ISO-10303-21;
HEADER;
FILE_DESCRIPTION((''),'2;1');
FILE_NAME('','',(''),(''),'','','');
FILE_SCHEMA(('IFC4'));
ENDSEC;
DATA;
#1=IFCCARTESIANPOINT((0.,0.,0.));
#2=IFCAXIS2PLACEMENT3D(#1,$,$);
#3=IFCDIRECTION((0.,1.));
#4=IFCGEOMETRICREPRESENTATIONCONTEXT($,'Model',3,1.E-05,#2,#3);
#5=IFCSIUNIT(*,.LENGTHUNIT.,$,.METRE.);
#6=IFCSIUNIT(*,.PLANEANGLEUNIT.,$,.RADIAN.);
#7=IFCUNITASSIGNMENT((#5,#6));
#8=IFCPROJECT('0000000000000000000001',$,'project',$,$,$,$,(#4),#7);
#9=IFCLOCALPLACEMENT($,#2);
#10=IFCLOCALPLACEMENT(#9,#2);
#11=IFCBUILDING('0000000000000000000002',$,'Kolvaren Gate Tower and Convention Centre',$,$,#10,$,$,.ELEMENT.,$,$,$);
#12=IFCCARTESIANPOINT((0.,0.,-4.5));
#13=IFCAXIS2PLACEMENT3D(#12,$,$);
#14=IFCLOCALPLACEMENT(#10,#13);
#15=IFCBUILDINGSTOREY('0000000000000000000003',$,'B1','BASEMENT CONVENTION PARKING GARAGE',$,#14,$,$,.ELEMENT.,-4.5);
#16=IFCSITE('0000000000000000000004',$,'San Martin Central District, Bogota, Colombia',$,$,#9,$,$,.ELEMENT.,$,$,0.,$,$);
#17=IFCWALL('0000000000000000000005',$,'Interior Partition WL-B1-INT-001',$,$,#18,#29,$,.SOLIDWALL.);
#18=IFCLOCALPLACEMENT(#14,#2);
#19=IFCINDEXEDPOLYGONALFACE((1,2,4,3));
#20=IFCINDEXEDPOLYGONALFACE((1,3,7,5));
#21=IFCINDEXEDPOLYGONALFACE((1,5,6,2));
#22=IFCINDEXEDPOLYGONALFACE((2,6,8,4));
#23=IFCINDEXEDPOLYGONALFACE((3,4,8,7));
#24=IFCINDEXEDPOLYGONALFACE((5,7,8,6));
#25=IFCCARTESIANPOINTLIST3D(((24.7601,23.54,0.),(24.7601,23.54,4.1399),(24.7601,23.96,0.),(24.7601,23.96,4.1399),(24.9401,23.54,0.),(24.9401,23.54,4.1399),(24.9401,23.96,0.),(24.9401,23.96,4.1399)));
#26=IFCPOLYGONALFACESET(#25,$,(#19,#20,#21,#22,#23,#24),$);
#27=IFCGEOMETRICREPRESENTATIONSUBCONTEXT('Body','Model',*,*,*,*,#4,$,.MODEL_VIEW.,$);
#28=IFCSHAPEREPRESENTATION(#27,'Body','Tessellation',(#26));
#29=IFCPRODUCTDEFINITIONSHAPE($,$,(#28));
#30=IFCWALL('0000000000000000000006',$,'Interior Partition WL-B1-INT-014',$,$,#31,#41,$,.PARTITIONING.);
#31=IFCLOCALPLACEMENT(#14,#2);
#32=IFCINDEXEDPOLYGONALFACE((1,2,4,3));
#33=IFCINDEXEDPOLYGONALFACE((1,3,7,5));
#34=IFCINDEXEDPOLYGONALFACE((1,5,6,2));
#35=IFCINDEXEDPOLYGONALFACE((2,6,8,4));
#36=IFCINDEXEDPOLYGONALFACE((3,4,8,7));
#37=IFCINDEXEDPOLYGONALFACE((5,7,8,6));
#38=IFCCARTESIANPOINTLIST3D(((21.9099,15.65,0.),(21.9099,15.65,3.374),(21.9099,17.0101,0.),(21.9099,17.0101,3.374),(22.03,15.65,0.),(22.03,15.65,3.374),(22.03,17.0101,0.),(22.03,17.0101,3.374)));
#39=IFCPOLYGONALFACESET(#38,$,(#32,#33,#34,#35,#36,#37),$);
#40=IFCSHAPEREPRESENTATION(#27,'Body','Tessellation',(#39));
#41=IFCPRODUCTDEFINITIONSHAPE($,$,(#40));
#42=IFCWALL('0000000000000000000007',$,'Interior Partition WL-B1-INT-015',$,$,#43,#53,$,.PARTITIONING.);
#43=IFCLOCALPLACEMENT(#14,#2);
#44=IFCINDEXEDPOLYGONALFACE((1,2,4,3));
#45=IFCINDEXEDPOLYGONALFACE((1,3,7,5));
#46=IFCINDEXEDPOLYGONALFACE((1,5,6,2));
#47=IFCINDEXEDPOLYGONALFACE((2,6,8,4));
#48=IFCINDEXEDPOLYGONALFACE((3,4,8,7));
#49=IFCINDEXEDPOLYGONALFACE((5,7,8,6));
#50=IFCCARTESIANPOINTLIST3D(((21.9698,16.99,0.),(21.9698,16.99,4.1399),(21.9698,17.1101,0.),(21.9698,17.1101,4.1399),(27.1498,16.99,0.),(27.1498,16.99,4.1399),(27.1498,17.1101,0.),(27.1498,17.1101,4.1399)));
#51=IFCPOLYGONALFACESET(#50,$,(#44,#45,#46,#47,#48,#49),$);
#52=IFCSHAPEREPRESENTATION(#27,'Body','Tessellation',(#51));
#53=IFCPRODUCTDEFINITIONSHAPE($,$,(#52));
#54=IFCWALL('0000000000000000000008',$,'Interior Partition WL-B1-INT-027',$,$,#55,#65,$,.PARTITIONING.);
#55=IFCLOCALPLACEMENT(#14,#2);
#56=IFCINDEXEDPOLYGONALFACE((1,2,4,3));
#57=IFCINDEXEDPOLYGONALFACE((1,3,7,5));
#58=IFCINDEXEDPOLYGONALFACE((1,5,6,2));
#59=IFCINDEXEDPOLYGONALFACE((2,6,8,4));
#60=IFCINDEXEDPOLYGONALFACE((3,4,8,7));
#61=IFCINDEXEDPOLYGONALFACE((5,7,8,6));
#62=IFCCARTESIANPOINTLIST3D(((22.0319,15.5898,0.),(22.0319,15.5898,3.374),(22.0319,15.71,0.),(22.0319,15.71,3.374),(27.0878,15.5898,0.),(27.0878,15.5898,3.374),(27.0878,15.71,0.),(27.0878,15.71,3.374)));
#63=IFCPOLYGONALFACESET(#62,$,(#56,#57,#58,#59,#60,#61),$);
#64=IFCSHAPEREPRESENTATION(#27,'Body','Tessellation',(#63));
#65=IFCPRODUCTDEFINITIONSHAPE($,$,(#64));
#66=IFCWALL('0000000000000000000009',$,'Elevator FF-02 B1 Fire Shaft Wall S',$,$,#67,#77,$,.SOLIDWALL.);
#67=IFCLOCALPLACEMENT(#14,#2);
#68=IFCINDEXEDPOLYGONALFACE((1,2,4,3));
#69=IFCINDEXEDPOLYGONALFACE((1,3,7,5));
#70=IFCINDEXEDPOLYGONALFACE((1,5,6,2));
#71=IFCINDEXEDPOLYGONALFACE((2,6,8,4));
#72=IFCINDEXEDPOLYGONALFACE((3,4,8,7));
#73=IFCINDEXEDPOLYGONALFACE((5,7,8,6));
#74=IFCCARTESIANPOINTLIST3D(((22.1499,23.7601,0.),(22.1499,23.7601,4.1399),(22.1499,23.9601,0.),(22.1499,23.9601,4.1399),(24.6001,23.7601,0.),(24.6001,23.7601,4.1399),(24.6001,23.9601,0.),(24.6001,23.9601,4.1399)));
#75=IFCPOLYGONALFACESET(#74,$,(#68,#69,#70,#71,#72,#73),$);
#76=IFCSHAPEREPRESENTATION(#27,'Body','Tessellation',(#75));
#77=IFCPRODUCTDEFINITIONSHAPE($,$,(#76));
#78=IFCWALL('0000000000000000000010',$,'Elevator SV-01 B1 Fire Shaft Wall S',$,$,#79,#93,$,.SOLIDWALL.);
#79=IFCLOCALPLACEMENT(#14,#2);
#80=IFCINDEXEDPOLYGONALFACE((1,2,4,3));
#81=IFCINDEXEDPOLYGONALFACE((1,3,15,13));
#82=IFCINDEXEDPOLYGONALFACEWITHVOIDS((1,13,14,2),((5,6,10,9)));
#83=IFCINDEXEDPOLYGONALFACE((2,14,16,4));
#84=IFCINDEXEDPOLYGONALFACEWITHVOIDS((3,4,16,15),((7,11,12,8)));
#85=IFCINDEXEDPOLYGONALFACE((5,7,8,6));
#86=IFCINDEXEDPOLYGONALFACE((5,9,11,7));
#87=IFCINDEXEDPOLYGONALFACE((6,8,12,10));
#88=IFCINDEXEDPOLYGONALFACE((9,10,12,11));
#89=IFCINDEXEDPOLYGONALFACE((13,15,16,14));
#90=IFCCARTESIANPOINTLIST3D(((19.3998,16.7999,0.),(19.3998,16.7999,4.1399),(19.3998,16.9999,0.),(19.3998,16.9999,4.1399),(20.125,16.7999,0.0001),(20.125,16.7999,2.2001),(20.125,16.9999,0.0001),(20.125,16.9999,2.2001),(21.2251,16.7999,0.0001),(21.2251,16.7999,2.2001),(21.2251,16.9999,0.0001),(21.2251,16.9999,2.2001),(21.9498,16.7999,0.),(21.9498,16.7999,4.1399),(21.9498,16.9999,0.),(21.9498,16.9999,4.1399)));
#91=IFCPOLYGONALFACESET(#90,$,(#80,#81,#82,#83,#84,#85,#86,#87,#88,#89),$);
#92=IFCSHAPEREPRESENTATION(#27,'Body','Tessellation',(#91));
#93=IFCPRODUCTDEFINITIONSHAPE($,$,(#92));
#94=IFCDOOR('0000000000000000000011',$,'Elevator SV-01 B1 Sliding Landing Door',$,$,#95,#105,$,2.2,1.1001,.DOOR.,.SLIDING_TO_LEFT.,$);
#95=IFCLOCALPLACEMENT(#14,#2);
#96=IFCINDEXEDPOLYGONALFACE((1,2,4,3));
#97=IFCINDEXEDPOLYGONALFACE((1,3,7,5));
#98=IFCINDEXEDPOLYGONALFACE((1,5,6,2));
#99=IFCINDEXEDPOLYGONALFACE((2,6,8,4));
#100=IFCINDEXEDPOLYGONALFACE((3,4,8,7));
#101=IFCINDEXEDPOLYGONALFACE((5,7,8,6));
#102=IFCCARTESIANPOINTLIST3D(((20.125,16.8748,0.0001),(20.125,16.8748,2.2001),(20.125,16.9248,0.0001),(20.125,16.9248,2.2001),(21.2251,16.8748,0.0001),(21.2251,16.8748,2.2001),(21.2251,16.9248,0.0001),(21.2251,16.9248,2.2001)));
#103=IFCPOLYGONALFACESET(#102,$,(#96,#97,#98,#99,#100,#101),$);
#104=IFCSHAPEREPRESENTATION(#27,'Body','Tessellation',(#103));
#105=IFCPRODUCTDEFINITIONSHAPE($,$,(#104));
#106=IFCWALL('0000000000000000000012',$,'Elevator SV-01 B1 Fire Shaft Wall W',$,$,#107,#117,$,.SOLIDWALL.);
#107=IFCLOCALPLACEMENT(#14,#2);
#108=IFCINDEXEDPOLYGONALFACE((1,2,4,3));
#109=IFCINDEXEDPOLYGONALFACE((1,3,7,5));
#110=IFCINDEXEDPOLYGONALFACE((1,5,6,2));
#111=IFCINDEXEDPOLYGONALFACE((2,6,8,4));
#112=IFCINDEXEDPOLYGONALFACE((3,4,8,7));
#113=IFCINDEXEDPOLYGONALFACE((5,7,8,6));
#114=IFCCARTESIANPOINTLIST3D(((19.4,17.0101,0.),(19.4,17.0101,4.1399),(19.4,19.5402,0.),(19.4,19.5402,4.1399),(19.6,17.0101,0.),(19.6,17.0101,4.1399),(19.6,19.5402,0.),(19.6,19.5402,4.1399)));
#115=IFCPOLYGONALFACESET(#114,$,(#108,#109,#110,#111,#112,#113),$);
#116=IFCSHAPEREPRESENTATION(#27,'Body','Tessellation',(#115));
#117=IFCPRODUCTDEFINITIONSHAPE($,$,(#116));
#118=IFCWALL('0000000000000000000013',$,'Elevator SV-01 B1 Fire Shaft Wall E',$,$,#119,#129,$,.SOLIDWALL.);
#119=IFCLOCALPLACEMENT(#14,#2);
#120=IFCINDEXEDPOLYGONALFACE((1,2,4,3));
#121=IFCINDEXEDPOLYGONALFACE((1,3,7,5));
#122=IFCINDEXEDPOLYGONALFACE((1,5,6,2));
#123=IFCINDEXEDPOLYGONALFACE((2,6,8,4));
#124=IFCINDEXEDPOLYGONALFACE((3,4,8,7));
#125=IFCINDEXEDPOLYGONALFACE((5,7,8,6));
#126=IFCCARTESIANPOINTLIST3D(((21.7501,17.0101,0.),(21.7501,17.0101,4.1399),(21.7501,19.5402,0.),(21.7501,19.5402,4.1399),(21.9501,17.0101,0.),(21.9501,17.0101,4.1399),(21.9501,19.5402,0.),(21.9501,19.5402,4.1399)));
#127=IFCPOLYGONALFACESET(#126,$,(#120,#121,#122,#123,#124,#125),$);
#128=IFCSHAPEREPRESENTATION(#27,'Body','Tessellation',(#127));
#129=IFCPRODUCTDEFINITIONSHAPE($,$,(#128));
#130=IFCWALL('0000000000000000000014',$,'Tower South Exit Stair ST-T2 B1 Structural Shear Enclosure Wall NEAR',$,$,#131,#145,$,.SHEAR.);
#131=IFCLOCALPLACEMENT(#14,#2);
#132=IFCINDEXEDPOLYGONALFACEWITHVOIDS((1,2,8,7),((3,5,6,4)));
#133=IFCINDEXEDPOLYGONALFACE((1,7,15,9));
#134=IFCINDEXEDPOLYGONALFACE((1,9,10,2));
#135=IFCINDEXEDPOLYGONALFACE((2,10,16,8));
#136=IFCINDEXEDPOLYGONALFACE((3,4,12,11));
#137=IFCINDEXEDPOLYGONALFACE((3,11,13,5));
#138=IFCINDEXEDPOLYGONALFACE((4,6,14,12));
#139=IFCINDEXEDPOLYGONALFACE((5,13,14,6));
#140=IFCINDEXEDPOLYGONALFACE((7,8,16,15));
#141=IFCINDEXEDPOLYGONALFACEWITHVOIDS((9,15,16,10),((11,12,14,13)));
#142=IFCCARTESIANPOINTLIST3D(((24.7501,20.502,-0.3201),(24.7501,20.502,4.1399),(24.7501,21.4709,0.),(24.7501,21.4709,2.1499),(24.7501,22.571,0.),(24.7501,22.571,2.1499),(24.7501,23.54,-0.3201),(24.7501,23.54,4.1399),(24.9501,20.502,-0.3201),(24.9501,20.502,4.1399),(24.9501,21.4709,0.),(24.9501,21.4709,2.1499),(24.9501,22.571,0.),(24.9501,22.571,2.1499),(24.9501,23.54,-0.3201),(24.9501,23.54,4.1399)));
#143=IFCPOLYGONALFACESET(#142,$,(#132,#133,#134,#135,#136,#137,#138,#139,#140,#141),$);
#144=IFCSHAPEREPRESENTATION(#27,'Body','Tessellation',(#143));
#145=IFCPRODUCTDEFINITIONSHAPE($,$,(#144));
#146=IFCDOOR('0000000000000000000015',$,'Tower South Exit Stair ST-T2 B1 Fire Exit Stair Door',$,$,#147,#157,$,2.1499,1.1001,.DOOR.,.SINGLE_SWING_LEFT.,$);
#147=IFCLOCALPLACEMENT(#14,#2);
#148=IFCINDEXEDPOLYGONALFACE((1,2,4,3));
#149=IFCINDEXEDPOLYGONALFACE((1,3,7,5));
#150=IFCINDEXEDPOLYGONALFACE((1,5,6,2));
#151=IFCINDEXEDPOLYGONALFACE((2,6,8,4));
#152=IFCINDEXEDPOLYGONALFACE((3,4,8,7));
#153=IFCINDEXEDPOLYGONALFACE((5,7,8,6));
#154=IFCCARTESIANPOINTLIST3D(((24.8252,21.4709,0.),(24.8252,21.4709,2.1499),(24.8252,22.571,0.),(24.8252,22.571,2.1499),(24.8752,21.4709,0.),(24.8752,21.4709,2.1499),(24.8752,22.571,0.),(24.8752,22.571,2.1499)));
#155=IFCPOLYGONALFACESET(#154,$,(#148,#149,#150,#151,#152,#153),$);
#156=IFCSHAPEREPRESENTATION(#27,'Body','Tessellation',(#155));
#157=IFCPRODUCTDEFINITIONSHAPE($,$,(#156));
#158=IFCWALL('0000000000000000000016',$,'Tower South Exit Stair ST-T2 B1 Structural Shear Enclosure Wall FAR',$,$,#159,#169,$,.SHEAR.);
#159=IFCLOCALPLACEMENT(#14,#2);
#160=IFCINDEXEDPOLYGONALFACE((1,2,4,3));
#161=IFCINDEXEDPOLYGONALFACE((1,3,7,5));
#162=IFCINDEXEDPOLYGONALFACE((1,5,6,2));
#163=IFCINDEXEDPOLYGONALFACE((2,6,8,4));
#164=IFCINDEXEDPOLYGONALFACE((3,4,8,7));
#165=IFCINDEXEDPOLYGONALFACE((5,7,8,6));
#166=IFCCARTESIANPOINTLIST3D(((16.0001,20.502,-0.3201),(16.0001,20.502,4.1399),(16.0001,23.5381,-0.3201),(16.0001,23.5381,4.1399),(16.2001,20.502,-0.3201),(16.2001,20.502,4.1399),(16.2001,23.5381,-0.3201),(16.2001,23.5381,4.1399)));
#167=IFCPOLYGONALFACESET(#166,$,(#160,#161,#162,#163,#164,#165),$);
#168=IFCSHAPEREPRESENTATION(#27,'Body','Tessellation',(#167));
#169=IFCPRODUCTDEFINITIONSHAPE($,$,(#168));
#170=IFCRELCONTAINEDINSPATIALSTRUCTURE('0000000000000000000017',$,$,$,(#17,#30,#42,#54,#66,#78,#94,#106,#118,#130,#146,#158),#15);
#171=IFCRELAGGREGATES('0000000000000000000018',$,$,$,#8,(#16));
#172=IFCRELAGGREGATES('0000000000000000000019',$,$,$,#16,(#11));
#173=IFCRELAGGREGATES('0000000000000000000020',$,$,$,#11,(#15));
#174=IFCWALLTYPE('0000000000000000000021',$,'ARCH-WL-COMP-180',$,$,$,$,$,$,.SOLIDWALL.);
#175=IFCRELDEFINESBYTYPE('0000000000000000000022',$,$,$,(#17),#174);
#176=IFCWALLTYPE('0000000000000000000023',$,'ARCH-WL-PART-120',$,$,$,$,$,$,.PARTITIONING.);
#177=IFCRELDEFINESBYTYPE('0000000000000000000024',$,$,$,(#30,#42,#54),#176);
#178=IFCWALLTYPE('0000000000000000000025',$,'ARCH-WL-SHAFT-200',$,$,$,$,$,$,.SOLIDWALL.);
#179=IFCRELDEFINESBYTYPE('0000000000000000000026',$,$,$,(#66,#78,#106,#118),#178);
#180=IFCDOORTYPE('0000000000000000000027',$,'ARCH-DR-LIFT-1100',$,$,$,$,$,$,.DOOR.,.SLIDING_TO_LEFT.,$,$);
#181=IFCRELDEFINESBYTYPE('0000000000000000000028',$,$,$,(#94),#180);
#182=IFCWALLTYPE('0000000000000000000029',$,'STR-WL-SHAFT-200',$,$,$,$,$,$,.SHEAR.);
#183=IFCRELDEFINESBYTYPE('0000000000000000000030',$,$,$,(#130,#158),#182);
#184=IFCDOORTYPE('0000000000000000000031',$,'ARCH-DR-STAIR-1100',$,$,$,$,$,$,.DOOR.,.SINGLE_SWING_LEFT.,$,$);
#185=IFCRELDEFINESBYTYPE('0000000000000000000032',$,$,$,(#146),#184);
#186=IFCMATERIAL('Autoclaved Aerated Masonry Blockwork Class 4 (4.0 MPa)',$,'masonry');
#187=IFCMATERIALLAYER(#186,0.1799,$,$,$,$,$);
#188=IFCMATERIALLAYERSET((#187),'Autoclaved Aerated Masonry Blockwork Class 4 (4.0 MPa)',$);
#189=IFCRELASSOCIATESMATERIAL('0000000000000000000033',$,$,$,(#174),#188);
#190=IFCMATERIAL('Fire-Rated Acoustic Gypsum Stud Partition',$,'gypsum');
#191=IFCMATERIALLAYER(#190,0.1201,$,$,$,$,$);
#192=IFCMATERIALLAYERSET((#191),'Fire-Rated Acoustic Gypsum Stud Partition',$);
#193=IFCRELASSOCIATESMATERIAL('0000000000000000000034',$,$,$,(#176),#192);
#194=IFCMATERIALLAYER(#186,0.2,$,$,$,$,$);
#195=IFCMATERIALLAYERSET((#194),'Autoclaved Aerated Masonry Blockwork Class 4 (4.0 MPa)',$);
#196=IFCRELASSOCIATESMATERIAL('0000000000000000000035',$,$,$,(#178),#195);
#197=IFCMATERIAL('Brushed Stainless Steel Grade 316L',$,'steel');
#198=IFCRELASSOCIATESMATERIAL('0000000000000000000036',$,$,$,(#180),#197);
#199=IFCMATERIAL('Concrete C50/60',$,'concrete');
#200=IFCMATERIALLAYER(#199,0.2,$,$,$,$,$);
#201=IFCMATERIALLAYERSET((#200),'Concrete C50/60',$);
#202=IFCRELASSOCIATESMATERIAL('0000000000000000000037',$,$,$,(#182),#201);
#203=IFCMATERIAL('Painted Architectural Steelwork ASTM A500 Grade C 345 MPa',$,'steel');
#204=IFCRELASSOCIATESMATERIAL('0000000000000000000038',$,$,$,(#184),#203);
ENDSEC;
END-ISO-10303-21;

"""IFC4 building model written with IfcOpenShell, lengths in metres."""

from ifc_helpers import new_model, si_unit, direction, frame, frame_2d, origin, place, context, subcontext, project, spatial, rectangle, extrude, material, layer, layer_set, type_object, element, fill, save


model = new_model("IFC4")

# Units and contexts
model_context = context("Model", 3, precision=1e-05, world=origin(), true_north=direction((0.0, 1.0)))
body_context = subcontext(model_context, "Body", "Model", "MODEL_VIEW")
ifc_project = project(units=[si_unit("LENGTHUNIT", "METRE"), si_unit("PLANEANGLEUNIT", "RADIAN")], contexts=[model_context])

# Site, building, storey
site_placement = place(None, origin())
site = spatial("IfcSite", under=ifc_project, at=site_placement, Name="San Martin Central District, Bogota, Colombia", CompositionType="ELEMENT", RefElevation=0.0)
building_placement = place(site_placement, origin())
building = spatial("IfcBuilding", under=site, at=building_placement, Name="Kolvaren Gate Tower and Convention Centre", CompositionType="ELEMENT")
storey_placement = place(building_placement, frame((0.0, 0.0, -4.5)))
storey = spatial("IfcBuildingStorey", under=building, at=storey_placement, Name="B1", Description="BASEMENT CONVENTION PARKING GARAGE", CompositionType="ELEMENT", Elevation=-4.5)

# Walls
ifc_material_1 = material(Name="Autoclaved Aerated Masonry Blockwork Class 4 (4.0 MPa)", Category="masonry")
ifc_layer_1 = layer(ifc_material_1, 0.1799)
ifc_layer_set_1 = layer_set([ifc_layer_1], Name="Autoclaved Aerated Masonry Blockwork Class 4 (4.0 MPa)")
wall_type_1 = type_object("IfcWallType", Name="ARCH-WL-COMP-180", PredefinedType="SOLIDWALL", material=ifc_layer_set_1)
wall_1_placement = place(storey_placement, frame((24.8501, 23.54, 0.0), z_axis=(0.0, 0.0, 1.0), x_axis=(0.0, 1.0, 0.0)))
element("IfcWall", 1, at=wall_1_placement, inside=storey, type_object=wall_type_1, Name="Interior Partition WL-B1-INT-001", PredefinedType="SOLIDWALL", context=body_context, shape_type="SweptSolid", body=[
    extrude(rectangle(XDim=0.4199, YDim=0.1799, at=frame_2d((0.21, 0.0))), origin(), (0.0, 0.0, 1.0), 4.1399),
])
ifc_material_2 = material(Name="Fire-Rated Acoustic Gypsum Stud Partition", Category="gypsum")
ifc_layer_2 = layer(ifc_material_2, 0.1201)
ifc_layer_set_2 = layer_set([ifc_layer_2], Name="Fire-Rated Acoustic Gypsum Stud Partition")
wall_type_2 = type_object("IfcWallType", Name="ARCH-WL-PART-120", PredefinedType="PARTITIONING", material=ifc_layer_set_2)
wall_2_placement = place(storey_placement, frame((21.97, 15.6499, 0.0), z_axis=(0.0, 0.0, 1.0), x_axis=(0.0, 1.0, 0.0)))
element("IfcWall", 2, at=wall_2_placement, inside=storey, type_object=wall_type_2, Name="Interior Partition WL-B1-INT-014", PredefinedType="PARTITIONING", context=body_context, shape_type="SweptSolid", body=[
    extrude(rectangle(XDim=1.3601, YDim=0.1201, at=frame_2d((0.6802, 0.0))), origin(), (0.0, 0.0, 1.0), 3.374),
])
wall_3_placement = place(storey_placement, frame((21.97, 17.05, 0.0), z_axis=(0.0, 0.0, 1.0), x_axis=(1.0, 0.0, 0.0)))
element("IfcWall", 3, at=wall_3_placement, inside=storey, type_object=wall_type_2, Name="Interior Partition WL-B1-INT-015", PredefinedType="PARTITIONING", context=body_context, shape_type="SweptSolid", body=[
    extrude(rectangle(XDim=5.1799, YDim=0.1201, at=frame_2d((2.5898, 0.0))), origin(), (0.0, 0.0, 1.0), 4.1399),
])
wall_4_placement = place(storey_placement, frame((22.032, 15.6499, 0.0), z_axis=(0.0, 0.0, 1.0), x_axis=(1.0, 0.0, 0.0)))
element("IfcWall", 4, at=wall_4_placement, inside=storey, type_object=wall_type_2, Name="Interior Partition WL-B1-INT-027", PredefinedType="PARTITIONING", context=body_context, shape_type="SweptSolid", body=[
    extrude(rectangle(XDim=5.0559, YDim=0.1201, at=frame_2d((2.5278, 0.0))), origin(), (0.0, 0.0, 1.0), 3.374),
])
ifc_layer_3 = layer(ifc_material_1, 0.2)
ifc_layer_set_3 = layer_set([ifc_layer_3], Name="Autoclaved Aerated Masonry Blockwork Class 4 (4.0 MPa)")
wall_type_3 = type_object("IfcWallType", Name="ARCH-WL-SHAFT-200", PredefinedType="SOLIDWALL", material=ifc_layer_set_3)
wall_5_placement = place(storey_placement, frame((22.1499, 23.8601, 0.0), z_axis=(0.0, 0.0, 1.0), x_axis=(1.0, 0.0, 0.0)))
element("IfcWall", 5, at=wall_5_placement, inside=storey, type_object=wall_type_3, Name="Elevator FF-02 B1 Fire Shaft Wall S", PredefinedType="SOLIDWALL", context=body_context, shape_type="SweptSolid", body=[
    extrude(rectangle(XDim=2.4502, YDim=0.2, at=frame_2d((1.2251, 0.0))), origin(), (0.0, 0.0, 1.0), 4.1399),
])

# Wall, opening, door
wall_6_placement = place(storey_placement, frame((19.3999, 16.8999, 0.0), z_axis=(0.0, 0.0, 1.0), x_axis=(1.0, 0.0, 0.0)))
wall_6 = element("IfcWall", 6, at=wall_6_placement, inside=storey, type_object=wall_type_3, Name="Elevator SV-01 B1 Fire Shaft Wall S", PredefinedType="SOLIDWALL", context=body_context, shape_type="SweptSolid", body=[
    extrude(rectangle(XDim=2.55, YDim=0.2, at=frame_2d((1.2749, 0.0))), origin(), (0.0, 0.0, 1.0), 4.1399),
])
opening_1_placement = place(wall_6_placement, frame((0.7251, 0.0, 0.0)))
opening_1 = element("IfcOpeningElement", 7, at=opening_1_placement, cuts=wall_6, PredefinedType="OPENING", context=body_context, shape_type="SweptSolid", body=[
    extrude(rectangle(XDim=1.1001, YDim=2.2, at=frame_2d((0.55, 1.1001))), frame((0.0, 0.1099, 0.0), z_axis=(0.0, -1.0, 0.0), x_axis=(1.0, 0.0, 0.0)), (0.0, 0.0, 1.0), 0.22),
])
ifc_material_3 = material(Name="Brushed Stainless Steel Grade 316L", Category="steel")
door_type_1 = type_object("IfcDoorType", Name="ARCH-DR-LIFT-1100", OperationType="SLIDING_TO_LEFT", PredefinedType="DOOR", material=ifc_material_3)
door_1_placement = place(opening_1_placement, origin())
door_1 = element("IfcDoor", 8, at=door_1_placement, inside=storey, type_object=door_type_1, Name="Elevator SV-01 B1 Sliding Landing Door", OperationType="SLIDING_TO_LEFT", OverallHeight=2.2, OverallWidth=1.1001, PredefinedType="DOOR", context=body_context, shape_type="SweptSolid", body=[
    extrude(rectangle(XDim=1.1001, YDim=2.2, at=frame_2d((0.55, 1.1001))), frame((0.0, 0.0249, 0.0), z_axis=(0.0, -1.0, 0.0), x_axis=(1.0, 0.0, 0.0)), (0.0, 0.0, 1.0), 0.05),
])
fill(opening_1, door_1)

# Walls
for number, where, z_axis, x_axis, name in (
    (9, (19.5, 17.01, 0.0), (0.0, 0.0, 1.0), (0.0, 1.0, 0.0), "Elevator SV-01 B1 Fire Shaft Wall W"),
    (10, (21.8501, 17.01, 0.0), (0.0, 0.0, 1.0), (0.0, 1.0, 0.0), "Elevator SV-01 B1 Fire Shaft Wall E"),
):
    element("IfcWall", number, at=place(storey_placement, frame(where, z_axis=z_axis, x_axis=x_axis)), inside=storey, type_object=wall_type_3, Name=name, PredefinedType="SOLIDWALL", context=body_context, shape_type="SweptSolid", body=[
        extrude(rectangle(XDim=2.53, YDim=0.2, at=frame_2d((1.2651, 0.0))), origin(), (0.0, 0.0, 1.0), 4.1399),
    ])

# Wall, opening, door
ifc_material_4 = material(Name="Concrete C50/60", Category="concrete")
ifc_layer_4 = layer(ifc_material_4, 0.2)
ifc_layer_set_4 = layer_set([ifc_layer_4], Name="Concrete C50/60")
wall_type_4 = type_object("IfcWallType", Name="STR-WL-SHAFT-200", PredefinedType="SHEAR", material=ifc_layer_set_4)
wall_7_placement = place(storey_placement, frame((24.8501, 20.502, -0.3201), z_axis=(0.0, 0.0, 1.0), x_axis=(0.0, 1.0, 0.0)))
wall_7 = element("IfcWall", 11, at=wall_7_placement, inside=storey, type_object=wall_type_4, Name="Tower South Exit Stair ST-T2 B1 Structural Shear Enclosure Wall NEAR", PredefinedType="SHEAR", context=body_context, shape_type="SweptSolid", body=[
    extrude(rectangle(XDim=3.0381, YDim=0.2, at=frame_2d((1.519, 0.0))), origin(), (0.0, 0.0, 1.0), 4.46),
])
opening_2_placement = place(wall_7_placement, frame((0.969, 0.0, 0.3201)))
opening_2 = element("IfcOpeningElement", 12, at=opening_2_placement, cuts=wall_7, PredefinedType="OPENING", context=body_context, shape_type="SweptSolid", body=[
    extrude(rectangle(XDim=1.1001, YDim=2.1499, at=frame_2d((0.55, 1.075))), frame((0.0, 0.1099, 0.0), z_axis=(0.0, -1.0, 0.0), x_axis=(1.0, 0.0, 0.0)), (0.0, 0.0, 1.0), 0.22),
])
ifc_material_5 = material(Name="Painted Architectural Steelwork ASTM A500 Grade C 345 MPa", Category="steel")
door_type_2 = type_object("IfcDoorType", Name="ARCH-DR-STAIR-1100", OperationType="SINGLE_SWING_LEFT", PredefinedType="DOOR", material=ifc_material_5)
door_2_placement = place(opening_2_placement, origin())
door_2 = element("IfcDoor", 13, at=door_2_placement, inside=storey, type_object=door_type_2, Name="Tower South Exit Stair ST-T2 B1 Fire Exit Stair Door", OperationType="SINGLE_SWING_LEFT", OverallHeight=2.1499, OverallWidth=1.1001, PredefinedType="DOOR", context=body_context, shape_type="SweptSolid", body=[
    extrude(rectangle(XDim=1.1001, YDim=2.1499, at=frame_2d((0.55, 1.075))), frame((0.0, 0.0249, 0.0), z_axis=(0.0, -1.0, 0.0), x_axis=(1.0, 0.0, 0.0)), (0.0, 0.0, 1.0), 0.05),
])
fill(opening_2, door_2)

# Wall
wall_8_placement = place(storey_placement, frame((16.1001, 20.502, -0.3201), z_axis=(0.0, 0.0, 1.0), x_axis=(0.0, 1.0, 0.0)))
element("IfcWall", 14, at=wall_8_placement, inside=storey, type_object=wall_type_4, Name="Tower South Exit Stair ST-T2 B1 Structural Shear Enclosure Wall FAR", PredefinedType="SHEAR", context=body_context, shape_type="SweptSolid", body=[
    extrude(rectangle(XDim=3.0361, YDim=0.2, at=frame_2d((1.5181, 0.0))), origin(), (0.0, 0.0, 1.0), 4.46),
])

save(model, "model.ifc")
